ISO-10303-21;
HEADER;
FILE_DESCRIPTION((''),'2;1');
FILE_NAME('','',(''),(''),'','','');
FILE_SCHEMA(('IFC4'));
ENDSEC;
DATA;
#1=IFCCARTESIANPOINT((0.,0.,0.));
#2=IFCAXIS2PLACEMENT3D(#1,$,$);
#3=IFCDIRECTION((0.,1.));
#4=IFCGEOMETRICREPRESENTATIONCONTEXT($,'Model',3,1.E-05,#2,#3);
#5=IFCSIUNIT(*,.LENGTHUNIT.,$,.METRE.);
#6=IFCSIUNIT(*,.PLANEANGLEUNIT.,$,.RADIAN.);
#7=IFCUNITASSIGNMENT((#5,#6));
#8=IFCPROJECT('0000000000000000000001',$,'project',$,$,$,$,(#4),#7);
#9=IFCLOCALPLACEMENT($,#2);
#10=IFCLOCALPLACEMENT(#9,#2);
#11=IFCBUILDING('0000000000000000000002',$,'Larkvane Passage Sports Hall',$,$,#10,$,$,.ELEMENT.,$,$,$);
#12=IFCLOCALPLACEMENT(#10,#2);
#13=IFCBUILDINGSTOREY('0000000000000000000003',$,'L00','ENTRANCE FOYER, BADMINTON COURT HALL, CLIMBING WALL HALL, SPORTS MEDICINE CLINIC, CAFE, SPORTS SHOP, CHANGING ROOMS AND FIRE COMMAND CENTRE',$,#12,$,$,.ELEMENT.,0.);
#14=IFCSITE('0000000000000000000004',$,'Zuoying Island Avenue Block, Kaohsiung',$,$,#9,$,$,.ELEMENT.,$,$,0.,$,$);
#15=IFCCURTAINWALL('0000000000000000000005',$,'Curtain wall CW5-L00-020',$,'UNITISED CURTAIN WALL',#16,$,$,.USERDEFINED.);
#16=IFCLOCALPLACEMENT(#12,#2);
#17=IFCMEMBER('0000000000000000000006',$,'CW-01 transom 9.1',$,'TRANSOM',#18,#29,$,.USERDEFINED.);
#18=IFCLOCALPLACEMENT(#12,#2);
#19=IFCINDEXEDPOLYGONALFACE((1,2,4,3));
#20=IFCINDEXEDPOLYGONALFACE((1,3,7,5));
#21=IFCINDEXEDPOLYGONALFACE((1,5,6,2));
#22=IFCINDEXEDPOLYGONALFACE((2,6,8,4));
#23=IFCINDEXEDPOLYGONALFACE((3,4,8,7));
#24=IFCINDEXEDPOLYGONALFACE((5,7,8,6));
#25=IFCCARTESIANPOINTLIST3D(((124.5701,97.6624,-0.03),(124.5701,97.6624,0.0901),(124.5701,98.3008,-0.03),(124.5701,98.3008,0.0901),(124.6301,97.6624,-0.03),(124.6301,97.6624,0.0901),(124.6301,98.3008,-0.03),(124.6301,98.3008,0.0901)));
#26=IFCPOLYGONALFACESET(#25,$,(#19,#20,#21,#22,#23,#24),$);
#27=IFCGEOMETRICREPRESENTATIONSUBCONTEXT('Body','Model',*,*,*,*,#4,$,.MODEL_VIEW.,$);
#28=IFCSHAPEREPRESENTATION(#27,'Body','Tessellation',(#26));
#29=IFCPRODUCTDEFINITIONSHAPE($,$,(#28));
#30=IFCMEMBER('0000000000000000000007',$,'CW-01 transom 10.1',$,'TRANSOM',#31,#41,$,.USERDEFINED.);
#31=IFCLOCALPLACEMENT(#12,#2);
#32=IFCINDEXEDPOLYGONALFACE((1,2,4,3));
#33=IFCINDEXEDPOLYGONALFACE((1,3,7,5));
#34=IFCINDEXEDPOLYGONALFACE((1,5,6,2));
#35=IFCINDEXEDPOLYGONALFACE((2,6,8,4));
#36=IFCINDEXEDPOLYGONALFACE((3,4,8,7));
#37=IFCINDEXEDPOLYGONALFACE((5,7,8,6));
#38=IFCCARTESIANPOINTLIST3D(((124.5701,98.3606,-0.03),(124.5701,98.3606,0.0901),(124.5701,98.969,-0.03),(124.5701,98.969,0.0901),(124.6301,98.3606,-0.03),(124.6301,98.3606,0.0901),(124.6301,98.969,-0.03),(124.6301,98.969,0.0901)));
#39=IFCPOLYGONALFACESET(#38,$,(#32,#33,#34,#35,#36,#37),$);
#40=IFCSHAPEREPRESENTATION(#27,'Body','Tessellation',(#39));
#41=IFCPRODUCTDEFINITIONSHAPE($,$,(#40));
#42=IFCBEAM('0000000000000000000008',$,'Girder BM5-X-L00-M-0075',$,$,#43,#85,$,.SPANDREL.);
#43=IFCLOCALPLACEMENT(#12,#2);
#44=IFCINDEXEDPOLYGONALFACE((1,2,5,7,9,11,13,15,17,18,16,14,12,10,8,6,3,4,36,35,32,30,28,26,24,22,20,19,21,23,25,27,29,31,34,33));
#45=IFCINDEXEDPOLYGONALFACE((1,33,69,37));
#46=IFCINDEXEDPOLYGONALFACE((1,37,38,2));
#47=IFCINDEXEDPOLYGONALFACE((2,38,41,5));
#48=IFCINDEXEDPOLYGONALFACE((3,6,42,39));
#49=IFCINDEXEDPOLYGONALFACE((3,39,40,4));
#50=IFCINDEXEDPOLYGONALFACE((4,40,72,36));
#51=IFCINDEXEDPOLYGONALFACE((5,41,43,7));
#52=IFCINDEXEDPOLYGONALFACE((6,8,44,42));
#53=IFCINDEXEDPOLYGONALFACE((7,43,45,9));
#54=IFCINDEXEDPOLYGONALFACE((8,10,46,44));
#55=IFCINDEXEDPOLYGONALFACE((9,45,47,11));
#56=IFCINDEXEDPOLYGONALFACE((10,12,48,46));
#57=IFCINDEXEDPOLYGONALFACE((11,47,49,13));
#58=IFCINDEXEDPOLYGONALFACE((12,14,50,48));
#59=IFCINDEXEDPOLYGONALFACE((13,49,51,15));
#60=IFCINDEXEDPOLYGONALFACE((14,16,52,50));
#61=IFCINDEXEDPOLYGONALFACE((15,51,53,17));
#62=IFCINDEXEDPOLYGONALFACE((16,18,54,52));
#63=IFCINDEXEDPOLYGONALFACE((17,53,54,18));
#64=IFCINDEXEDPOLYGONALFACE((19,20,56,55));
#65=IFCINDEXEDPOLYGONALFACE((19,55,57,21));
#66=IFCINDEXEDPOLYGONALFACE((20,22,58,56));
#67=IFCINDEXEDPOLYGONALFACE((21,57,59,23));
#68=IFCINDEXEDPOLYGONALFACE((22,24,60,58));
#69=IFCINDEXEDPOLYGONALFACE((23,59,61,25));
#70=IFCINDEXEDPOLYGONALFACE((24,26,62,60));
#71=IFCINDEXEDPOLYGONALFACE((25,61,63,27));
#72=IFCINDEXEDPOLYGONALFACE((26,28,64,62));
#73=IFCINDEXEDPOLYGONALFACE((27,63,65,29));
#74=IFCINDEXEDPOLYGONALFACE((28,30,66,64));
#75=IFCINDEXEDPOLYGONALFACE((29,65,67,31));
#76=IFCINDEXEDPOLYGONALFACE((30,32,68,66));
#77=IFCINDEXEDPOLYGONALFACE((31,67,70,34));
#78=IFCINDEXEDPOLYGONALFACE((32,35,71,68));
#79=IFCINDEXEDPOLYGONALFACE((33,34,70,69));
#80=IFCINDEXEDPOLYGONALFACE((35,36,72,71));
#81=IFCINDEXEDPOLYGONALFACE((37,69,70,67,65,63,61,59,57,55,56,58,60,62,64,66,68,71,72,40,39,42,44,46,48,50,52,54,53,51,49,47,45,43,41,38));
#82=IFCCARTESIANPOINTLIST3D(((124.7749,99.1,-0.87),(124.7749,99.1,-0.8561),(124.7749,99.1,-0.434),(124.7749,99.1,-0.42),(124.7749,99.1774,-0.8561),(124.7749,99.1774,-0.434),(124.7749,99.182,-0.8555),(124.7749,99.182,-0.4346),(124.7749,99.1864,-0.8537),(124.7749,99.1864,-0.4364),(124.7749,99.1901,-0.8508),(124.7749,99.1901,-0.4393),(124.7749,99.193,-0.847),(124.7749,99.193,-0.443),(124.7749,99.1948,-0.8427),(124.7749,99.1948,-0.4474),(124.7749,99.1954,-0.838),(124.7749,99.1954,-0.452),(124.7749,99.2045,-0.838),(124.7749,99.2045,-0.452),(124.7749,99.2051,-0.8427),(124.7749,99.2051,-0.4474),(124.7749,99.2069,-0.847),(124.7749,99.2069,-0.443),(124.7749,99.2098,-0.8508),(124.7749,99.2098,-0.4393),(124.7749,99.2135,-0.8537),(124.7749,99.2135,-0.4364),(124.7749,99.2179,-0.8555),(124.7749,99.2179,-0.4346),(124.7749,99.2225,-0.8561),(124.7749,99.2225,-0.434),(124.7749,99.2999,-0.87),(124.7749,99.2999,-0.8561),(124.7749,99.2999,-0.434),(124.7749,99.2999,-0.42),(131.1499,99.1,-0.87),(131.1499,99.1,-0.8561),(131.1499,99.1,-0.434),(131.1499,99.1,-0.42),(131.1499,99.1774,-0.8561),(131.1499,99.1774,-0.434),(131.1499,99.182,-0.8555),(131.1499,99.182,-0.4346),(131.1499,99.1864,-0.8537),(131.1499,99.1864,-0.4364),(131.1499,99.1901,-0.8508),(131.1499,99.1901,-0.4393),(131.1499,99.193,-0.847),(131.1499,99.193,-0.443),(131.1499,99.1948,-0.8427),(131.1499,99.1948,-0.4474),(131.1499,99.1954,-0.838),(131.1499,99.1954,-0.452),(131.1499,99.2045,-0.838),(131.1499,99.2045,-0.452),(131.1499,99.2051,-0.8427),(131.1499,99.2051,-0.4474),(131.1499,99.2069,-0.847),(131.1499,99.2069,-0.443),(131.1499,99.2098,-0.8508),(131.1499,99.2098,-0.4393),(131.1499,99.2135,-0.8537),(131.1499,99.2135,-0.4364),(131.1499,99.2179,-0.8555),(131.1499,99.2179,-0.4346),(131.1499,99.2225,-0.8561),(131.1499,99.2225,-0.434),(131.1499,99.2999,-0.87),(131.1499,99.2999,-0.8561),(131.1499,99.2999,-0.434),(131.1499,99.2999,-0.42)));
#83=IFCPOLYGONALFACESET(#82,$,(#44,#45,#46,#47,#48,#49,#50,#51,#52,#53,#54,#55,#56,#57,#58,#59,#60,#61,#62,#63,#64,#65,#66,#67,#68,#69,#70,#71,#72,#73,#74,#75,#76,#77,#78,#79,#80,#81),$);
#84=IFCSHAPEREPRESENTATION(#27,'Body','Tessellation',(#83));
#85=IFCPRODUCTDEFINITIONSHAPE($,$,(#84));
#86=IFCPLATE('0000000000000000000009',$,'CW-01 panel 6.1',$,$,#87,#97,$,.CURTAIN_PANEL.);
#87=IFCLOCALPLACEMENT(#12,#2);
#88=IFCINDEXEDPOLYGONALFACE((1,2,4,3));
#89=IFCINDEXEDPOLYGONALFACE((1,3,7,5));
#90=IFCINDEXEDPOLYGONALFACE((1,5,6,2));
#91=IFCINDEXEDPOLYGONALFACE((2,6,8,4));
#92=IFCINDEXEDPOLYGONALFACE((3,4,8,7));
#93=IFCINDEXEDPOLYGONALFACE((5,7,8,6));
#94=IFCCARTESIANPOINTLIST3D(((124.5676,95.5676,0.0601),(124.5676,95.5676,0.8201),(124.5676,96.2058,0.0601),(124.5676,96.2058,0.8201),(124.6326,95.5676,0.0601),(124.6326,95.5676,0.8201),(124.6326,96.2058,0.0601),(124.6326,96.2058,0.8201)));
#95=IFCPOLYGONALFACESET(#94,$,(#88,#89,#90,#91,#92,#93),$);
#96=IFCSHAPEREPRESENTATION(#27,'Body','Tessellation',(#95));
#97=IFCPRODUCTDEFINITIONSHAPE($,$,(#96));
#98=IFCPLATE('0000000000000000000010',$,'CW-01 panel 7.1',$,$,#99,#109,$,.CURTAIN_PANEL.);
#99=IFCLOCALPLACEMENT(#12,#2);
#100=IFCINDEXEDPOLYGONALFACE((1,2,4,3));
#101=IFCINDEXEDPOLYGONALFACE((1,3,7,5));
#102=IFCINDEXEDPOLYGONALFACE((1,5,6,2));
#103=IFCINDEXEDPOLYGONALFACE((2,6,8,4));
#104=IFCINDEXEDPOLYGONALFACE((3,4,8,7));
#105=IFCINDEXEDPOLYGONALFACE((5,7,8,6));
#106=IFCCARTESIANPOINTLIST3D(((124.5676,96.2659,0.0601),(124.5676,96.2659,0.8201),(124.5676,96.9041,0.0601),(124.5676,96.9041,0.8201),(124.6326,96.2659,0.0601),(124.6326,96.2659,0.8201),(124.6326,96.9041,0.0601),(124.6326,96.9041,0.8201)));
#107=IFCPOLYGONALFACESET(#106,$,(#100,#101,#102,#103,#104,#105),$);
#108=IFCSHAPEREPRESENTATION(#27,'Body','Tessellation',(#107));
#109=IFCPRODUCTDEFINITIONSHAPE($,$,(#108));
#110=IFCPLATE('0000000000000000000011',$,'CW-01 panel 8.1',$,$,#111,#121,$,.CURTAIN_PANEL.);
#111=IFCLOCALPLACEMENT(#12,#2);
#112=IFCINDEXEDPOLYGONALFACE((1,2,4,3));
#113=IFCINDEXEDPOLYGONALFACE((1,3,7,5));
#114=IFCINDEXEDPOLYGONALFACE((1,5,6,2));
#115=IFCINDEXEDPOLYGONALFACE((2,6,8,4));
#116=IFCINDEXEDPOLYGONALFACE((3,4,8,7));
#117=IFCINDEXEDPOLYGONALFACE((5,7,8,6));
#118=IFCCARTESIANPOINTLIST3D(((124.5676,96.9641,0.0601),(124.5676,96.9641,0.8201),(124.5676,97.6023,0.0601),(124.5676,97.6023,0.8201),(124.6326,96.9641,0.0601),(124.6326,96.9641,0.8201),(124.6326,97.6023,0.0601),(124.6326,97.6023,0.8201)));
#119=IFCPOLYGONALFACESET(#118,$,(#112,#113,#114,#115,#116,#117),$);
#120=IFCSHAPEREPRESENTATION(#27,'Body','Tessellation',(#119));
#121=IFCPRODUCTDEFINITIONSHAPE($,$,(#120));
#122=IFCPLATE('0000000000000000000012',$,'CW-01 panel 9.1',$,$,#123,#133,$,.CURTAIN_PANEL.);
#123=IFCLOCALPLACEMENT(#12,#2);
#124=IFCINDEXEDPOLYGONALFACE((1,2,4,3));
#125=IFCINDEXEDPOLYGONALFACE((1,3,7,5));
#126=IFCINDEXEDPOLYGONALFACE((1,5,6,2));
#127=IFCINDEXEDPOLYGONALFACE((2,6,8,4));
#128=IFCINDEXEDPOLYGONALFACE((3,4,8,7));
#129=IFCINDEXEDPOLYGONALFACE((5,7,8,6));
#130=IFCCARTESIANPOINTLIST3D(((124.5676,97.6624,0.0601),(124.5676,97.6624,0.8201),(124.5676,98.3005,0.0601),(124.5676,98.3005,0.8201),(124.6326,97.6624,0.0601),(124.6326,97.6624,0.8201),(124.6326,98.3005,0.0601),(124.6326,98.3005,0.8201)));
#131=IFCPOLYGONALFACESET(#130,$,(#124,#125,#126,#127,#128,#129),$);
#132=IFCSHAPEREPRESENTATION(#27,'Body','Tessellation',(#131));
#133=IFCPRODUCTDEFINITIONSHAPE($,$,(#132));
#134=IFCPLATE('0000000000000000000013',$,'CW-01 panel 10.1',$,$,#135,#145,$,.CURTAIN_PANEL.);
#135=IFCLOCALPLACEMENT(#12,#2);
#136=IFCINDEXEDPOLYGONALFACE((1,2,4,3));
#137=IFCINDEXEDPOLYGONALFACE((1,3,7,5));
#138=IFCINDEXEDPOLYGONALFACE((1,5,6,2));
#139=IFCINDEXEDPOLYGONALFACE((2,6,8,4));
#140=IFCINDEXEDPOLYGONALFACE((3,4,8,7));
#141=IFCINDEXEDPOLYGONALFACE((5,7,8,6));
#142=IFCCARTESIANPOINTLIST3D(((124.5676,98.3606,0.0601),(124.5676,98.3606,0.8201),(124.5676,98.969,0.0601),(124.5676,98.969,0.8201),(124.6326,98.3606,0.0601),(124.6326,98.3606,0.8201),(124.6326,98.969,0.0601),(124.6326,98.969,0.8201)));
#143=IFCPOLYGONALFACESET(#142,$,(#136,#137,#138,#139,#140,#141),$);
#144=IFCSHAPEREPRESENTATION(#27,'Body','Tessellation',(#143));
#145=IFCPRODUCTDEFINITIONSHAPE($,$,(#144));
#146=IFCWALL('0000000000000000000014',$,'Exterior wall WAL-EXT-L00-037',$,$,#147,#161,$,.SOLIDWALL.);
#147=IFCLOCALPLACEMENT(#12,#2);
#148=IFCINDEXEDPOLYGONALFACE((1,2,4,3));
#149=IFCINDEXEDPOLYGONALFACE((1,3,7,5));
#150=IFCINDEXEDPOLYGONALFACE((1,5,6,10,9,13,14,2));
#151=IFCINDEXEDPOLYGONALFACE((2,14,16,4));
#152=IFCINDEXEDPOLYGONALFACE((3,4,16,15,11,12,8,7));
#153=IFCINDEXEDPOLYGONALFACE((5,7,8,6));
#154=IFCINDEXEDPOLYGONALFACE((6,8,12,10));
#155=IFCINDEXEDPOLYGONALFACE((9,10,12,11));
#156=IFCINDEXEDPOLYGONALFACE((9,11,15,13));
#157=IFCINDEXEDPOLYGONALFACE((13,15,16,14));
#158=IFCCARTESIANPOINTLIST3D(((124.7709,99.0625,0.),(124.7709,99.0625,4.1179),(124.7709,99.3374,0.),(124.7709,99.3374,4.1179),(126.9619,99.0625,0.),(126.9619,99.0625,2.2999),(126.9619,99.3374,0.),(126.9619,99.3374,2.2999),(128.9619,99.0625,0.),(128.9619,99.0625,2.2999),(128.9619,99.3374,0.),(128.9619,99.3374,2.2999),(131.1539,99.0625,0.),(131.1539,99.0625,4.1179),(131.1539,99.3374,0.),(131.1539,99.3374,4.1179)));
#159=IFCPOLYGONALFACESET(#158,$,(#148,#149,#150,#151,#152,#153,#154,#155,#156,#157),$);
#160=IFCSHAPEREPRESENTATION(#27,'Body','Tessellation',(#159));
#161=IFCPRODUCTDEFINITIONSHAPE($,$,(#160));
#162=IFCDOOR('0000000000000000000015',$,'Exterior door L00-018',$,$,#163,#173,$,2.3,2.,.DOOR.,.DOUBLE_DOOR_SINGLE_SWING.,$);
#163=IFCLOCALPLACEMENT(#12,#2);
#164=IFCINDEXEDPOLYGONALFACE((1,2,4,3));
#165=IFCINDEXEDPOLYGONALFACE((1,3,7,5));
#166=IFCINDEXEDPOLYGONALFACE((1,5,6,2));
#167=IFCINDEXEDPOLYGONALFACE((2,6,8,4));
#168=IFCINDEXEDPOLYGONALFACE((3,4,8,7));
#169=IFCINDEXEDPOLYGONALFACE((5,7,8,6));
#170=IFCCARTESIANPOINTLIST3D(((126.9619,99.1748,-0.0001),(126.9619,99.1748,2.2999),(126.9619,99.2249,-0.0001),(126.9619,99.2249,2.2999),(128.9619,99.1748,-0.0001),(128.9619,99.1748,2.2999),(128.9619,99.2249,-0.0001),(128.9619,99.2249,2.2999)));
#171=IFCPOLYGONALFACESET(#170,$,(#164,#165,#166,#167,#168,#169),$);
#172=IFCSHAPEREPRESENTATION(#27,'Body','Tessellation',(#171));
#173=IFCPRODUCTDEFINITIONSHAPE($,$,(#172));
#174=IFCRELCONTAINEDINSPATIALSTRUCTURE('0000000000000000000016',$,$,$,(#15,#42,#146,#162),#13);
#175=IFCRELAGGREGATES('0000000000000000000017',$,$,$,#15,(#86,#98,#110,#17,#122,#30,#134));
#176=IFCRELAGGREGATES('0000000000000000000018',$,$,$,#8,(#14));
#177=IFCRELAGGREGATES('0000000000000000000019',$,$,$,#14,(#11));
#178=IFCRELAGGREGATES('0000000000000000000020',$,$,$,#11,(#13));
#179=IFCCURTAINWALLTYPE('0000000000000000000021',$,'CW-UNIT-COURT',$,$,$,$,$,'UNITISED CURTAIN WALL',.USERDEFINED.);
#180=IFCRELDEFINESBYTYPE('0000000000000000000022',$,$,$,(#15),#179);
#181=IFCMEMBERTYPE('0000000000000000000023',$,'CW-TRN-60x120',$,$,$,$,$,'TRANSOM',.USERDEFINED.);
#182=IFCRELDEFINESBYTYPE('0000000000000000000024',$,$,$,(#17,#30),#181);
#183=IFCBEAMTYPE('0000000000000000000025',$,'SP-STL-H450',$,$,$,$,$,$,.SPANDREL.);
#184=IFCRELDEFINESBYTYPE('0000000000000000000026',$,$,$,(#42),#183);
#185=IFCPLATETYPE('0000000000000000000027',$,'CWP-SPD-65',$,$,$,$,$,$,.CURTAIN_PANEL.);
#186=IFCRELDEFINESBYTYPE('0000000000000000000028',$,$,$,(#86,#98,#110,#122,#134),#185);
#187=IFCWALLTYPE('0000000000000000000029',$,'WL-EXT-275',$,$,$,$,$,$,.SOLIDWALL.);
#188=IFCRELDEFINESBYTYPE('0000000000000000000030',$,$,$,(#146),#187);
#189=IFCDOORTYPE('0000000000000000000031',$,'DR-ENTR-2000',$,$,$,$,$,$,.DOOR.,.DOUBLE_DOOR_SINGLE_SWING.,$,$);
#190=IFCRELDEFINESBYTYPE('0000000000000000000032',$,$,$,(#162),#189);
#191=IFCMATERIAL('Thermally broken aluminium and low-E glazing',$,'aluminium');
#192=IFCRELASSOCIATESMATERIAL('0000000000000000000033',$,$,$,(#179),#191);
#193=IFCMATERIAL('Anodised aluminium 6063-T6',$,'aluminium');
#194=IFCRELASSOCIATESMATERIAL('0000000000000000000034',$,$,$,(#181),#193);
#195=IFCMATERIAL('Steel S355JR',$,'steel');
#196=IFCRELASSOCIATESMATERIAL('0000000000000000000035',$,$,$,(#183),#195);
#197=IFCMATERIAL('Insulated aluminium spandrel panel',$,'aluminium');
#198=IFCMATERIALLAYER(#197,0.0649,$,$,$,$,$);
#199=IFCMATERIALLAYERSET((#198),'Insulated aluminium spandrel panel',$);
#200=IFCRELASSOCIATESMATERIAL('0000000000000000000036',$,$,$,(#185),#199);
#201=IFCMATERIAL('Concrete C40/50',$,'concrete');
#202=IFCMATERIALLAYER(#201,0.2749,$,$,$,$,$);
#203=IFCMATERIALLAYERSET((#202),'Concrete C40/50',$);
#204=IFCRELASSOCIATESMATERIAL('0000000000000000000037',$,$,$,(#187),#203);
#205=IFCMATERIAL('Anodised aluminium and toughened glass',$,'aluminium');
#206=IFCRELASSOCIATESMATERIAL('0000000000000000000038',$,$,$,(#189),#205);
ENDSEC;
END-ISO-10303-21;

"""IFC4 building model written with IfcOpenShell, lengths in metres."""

from ifc_helpers import new_model, si_unit, direction, frame, frame_2d, origin, origin_2d, place, context, subcontext, project, spatial, rectangle, i_section, extrude, material, layer, layer_set, material_profile, profile_set, type_object, element, fill, aggregate, save


model = new_model("IFC4")

# Units and contexts
model_context = context("Model", 3, precision=1e-05, world=origin(), true_north=direction((0.0, 1.0)))
body_context = subcontext(model_context, "Body", "Model", "MODEL_VIEW")
ifc_project = project(units=[si_unit("LENGTHUNIT", "METRE"), si_unit("PLANEANGLEUNIT", "RADIAN")], contexts=[model_context])

# Site, building, storey
site_placement = place(None, origin())
site = spatial("IfcSite", under=ifc_project, at=site_placement, Name="Zuoying Island Avenue Block, Kaohsiung", CompositionType="ELEMENT", RefElevation=0.0)
building_placement = place(site_placement, origin())
building = spatial("IfcBuilding", under=site, at=building_placement, Name="Larkvane Passage Sports Hall", CompositionType="ELEMENT")
storey_placement = place(building_placement, origin())
storey = spatial("IfcBuildingStorey", under=building, at=storey_placement, Name="L00", Description="ENTRANCE FOYER, BADMINTON COURT HALL, CLIMBING WALL HALL, SPORTS MEDICINE CLINIC, CAFE, SPORTS SHOP, CHANGING ROOMS AND FIRE COMMAND CENTRE", CompositionType="ELEMENT", Elevation=0.0)

# Shared definitions
ifc_material_1 = material(Name="Steel S355JR", Category="steel")

# Curtain wall, members
ifc_material_2 = material(Name="Thermally broken aluminium and low-E glazing", Category="aluminium")
curtain_wall_type = type_object("IfcCurtainWallType", Name="CW-UNIT-COURT", ElementType="UNITISED CURTAIN WALL", PredefinedType="USERDEFINED", material=ifc_material_2)
curtain_wall_placement = place(storey_placement, origin())
curtain_wall = element("IfcCurtainWall", 1, at=curtain_wall_placement, inside=storey, type_object=curtain_wall_type, Name="Curtain wall CW5-L00-020", ObjectType="UNITISED CURTAIN WALL", PredefinedType="USERDEFINED")
ifc_material_3 = material(Name="Anodised aluminium 6063-T6", Category="aluminium")
ifc_material_profile_1 = material_profile(ifc_material_3, rectangle(XDim=0.0601, YDim=0.1201, at=origin_2d()), Name="ALU-TRN-60x120")
ifc_profile_set_1 = profile_set([ifc_material_profile_1], Name="Anodised aluminium 6063-T6")
member_type_1 = type_object("IfcMemberType", Name="CW-TRN-60x120", ElementType="TRANSOM", PredefinedType="USERDEFINED", material=ifc_profile_set_1)
member_1_placement = place(storey_placement, frame((124.6001, 97.6624, 0.03), z_axis=(0.0, 1.0, 0.0), x_axis=(-1.0, 0.0, 0.0)))
member_1 = element("IfcMember", 2, at=member_1_placement, type_object=member_type_1, Name="CW-01 transom 9.1", ObjectType="TRANSOM", PredefinedType="USERDEFINED", context=body_context, shape_type="SweptSolid", body=[
    extrude(rectangle(XDim=0.0601, YDim=0.1201, at=origin_2d()), origin(), (0.0, 0.0, 1.0), 0.6384),
])
member_2_placement = place(storey_placement, frame((124.6001, 98.3606, 0.03), z_axis=(0.0, 1.0, 0.0), x_axis=(-1.0, 0.0, 0.0)))
member_2 = element("IfcMember", 3, at=member_2_placement, type_object=member_type_1, Name="CW-01 transom 10.1", ObjectType="TRANSOM", PredefinedType="USERDEFINED", context=body_context, shape_type="SweptSolid", body=[
    extrude(rectangle(XDim=0.0601, YDim=0.1201, at=origin_2d()), origin(), (0.0, 0.0, 1.0), 0.6084),
])

# Beam
ifc_material_profile_2 = material_profile(ifc_material_1, i_section(OverallWidth=0.2, OverallDepth=0.45, WebThickness=0.009, FlangeThickness=0.0139, FilletRadius=0.0181, at=origin_2d()), Name="H-450x200x9x14")
ifc_profile_set_2 = profile_set([ifc_material_profile_2], Name="Steel S355JR")
beam_type = type_object("IfcBeamType", Name="SP-STL-H450", PredefinedType="SPANDREL", material=ifc_profile_set_2)
beam_placement = place(storey_placement, frame((124.7749, 99.2, -0.645), z_axis=(1.0, 0.0, 0.0), x_axis=(0.0, 1.0, 0.0)))
element("IfcBeam", 4, at=beam_placement, inside=storey, type_object=beam_type, Name="Girder BM5-X-L00-M-0075", PredefinedType="SPANDREL", context=body_context, shape_type="SweptSolid", body=[
    extrude(i_section(OverallWidth=0.2, OverallDepth=0.45, WebThickness=0.009, FlangeThickness=0.0139, FilletRadius=0.0181, at=origin_2d()), origin(), (0.0, 0.0, 1.0), 6.375),
])

# Plates
ifc_material_4 = material(Name="Insulated aluminium spandrel panel", Category="aluminium")
ifc_layer_1 = layer(ifc_material_4, 0.0649)
ifc_layer_set_1 = layer_set([ifc_layer_1], Name="Insulated aluminium spandrel panel")
plate_type = type_object("IfcPlateType", Name="CWP-SPD-65", PredefinedType="CURTAIN_PANEL", material=ifc_layer_set_1)
plate_1_placement = place(storey_placement, frame((124.6001, 95.8867, 0.0601), z_axis=(0.0, 0.0, 1.0), x_axis=(0.0, 1.0, 0.0)))
plate_1 = element("IfcPlate", 5, at=plate_1_placement, type_object=plate_type, Name="CW-01 panel 6.1", PredefinedType="CURTAIN_PANEL", context=body_context, shape_type="SweptSolid", body=[
    extrude(rectangle(XDim=0.6382, YDim=0.0649, at=origin_2d()), origin(), (0.0, 0.0, 1.0), 0.76),
])
plate_2_placement = place(storey_placement, frame((124.6001, 96.585, 0.0601), z_axis=(0.0, 0.0, 1.0), x_axis=(0.0, 1.0, 0.0)))
plate_2 = element("IfcPlate", 6, at=plate_2_placement, type_object=plate_type, Name="CW-01 panel 7.1", PredefinedType="CURTAIN_PANEL", context=body_context, shape_type="SweptSolid", body=[
    extrude(rectangle(XDim=0.6382, YDim=0.0649, at=origin_2d()), origin(), (0.0, 0.0, 1.0), 0.76),
])
plate_3_placement = place(storey_placement, frame((124.6001, 97.2832, 0.0601), z_axis=(0.0, 0.0, 1.0), x_axis=(0.0, 1.0, 0.0)))
plate_3 = element("IfcPlate", 7, at=plate_3_placement, type_object=plate_type, Name="CW-01 panel 8.1", PredefinedType="CURTAIN_PANEL", context=body_context, shape_type="SweptSolid", body=[
    extrude(rectangle(XDim=0.6382, YDim=0.0649, at=origin_2d()), origin(), (0.0, 0.0, 1.0), 0.76),
])
plate_4_placement = place(storey_placement, frame((124.6001, 97.9814, 0.0601), z_axis=(0.0, 0.0, 1.0), x_axis=(0.0, 1.0, 0.0)))
plate_4 = element("IfcPlate", 8, at=plate_4_placement, type_object=plate_type, Name="CW-01 panel 9.1", PredefinedType="CURTAIN_PANEL", context=body_context, shape_type="SweptSolid", body=[
    extrude(rectangle(XDim=0.6382, YDim=0.0649, at=origin_2d()), origin(), (0.0, 0.0, 1.0), 0.76),
])
plate_5_placement = place(storey_placement, frame((124.6001, 98.6648, 0.0601), z_axis=(0.0, 0.0, 1.0), x_axis=(0.0, 1.0, 0.0)))
plate_5 = element("IfcPlate", 9, at=plate_5_placement, type_object=plate_type, Name="CW-01 panel 10.1", PredefinedType="CURTAIN_PANEL", context=body_context, shape_type="SweptSolid", body=[
    extrude(rectangle(XDim=0.6084, YDim=0.0649, at=origin_2d()), origin(), (0.0, 0.0, 1.0), 0.76),
])
aggregate(curtain_wall, [plate_1, plate_2, plate_3, member_1, plate_4, member_2, plate_5])

# Wall, opening, door
ifc_material_5 = material(Name="Concrete C40/50", Category="concrete")
ifc_layer_2 = layer(ifc_material_5, 0.2749)
ifc_layer_set_2 = layer_set([ifc_layer_2], Name="Concrete C40/50")
wall_type = type_object("IfcWallType", Name="WL-EXT-275", PredefinedType="SOLIDWALL", material=ifc_layer_set_2)
wall_placement = place(storey_placement, frame((124.771, 99.2, 0.0), z_axis=(0.0, 0.0, 1.0), x_axis=(1.0, 0.0, 0.0)))
wall = element("IfcWall", 10, at=wall_placement, inside=storey, type_object=wall_type, Name="Exterior wall WAL-EXT-L00-037", PredefinedType="SOLIDWALL", context=body_context, shape_type="SweptSolid", body=[
    extrude(rectangle(XDim=6.3831, YDim=0.2749, at=frame_2d((3.1914, 0.0))), origin(), (0.0, 0.0, 1.0), 4.1179),
])
opening_placement = place(wall_placement, frame((2.1909, 0.0, 0.0)))
opening = element("IfcOpeningElement", 11, at=opening_placement, cuts=wall, PredefinedType="OPENING", context=body_context, shape_type="SweptSolid", body=[
    extrude(rectangle(XDim=2.0, YDim=2.3, at=frame_2d((1.0, 1.1499))), frame((0.0, 0.1475, 0.0), z_axis=(0.0, -1.0, 0.0), x_axis=(1.0, 0.0, 0.0)), (0.0, 0.0, 1.0), 0.2949),
])
ifc_material_6 = material(Name="Anodised aluminium and toughened glass", Category="aluminium")
door_type = type_object("IfcDoorType", Name="DR-ENTR-2000", OperationType="DOUBLE_DOOR_SINGLE_SWING", PredefinedType="DOOR", material=ifc_material_6)
door_placement = place(opening_placement, origin())
door = element("IfcDoor", 12, at=door_placement, inside=storey, type_object=door_type, Name="Exterior door L00-018", OperationType="DOUBLE_DOOR_SINGLE_SWING", OverallHeight=2.3, OverallWidth=2.0, PredefinedType="DOOR", context=body_context, shape_type="SweptSolid", body=[
    extrude(rectangle(XDim=2.0, YDim=2.3, at=frame_2d((1.0, 1.1499))), frame((0.0, 0.0249, 0.0), z_axis=(0.0, -1.0, 0.0), x_axis=(1.0, 0.0, 0.0)), (0.0, 0.0, 1.0), 0.05),
])
fill(opening, door)

save(model, "model.ifc")
